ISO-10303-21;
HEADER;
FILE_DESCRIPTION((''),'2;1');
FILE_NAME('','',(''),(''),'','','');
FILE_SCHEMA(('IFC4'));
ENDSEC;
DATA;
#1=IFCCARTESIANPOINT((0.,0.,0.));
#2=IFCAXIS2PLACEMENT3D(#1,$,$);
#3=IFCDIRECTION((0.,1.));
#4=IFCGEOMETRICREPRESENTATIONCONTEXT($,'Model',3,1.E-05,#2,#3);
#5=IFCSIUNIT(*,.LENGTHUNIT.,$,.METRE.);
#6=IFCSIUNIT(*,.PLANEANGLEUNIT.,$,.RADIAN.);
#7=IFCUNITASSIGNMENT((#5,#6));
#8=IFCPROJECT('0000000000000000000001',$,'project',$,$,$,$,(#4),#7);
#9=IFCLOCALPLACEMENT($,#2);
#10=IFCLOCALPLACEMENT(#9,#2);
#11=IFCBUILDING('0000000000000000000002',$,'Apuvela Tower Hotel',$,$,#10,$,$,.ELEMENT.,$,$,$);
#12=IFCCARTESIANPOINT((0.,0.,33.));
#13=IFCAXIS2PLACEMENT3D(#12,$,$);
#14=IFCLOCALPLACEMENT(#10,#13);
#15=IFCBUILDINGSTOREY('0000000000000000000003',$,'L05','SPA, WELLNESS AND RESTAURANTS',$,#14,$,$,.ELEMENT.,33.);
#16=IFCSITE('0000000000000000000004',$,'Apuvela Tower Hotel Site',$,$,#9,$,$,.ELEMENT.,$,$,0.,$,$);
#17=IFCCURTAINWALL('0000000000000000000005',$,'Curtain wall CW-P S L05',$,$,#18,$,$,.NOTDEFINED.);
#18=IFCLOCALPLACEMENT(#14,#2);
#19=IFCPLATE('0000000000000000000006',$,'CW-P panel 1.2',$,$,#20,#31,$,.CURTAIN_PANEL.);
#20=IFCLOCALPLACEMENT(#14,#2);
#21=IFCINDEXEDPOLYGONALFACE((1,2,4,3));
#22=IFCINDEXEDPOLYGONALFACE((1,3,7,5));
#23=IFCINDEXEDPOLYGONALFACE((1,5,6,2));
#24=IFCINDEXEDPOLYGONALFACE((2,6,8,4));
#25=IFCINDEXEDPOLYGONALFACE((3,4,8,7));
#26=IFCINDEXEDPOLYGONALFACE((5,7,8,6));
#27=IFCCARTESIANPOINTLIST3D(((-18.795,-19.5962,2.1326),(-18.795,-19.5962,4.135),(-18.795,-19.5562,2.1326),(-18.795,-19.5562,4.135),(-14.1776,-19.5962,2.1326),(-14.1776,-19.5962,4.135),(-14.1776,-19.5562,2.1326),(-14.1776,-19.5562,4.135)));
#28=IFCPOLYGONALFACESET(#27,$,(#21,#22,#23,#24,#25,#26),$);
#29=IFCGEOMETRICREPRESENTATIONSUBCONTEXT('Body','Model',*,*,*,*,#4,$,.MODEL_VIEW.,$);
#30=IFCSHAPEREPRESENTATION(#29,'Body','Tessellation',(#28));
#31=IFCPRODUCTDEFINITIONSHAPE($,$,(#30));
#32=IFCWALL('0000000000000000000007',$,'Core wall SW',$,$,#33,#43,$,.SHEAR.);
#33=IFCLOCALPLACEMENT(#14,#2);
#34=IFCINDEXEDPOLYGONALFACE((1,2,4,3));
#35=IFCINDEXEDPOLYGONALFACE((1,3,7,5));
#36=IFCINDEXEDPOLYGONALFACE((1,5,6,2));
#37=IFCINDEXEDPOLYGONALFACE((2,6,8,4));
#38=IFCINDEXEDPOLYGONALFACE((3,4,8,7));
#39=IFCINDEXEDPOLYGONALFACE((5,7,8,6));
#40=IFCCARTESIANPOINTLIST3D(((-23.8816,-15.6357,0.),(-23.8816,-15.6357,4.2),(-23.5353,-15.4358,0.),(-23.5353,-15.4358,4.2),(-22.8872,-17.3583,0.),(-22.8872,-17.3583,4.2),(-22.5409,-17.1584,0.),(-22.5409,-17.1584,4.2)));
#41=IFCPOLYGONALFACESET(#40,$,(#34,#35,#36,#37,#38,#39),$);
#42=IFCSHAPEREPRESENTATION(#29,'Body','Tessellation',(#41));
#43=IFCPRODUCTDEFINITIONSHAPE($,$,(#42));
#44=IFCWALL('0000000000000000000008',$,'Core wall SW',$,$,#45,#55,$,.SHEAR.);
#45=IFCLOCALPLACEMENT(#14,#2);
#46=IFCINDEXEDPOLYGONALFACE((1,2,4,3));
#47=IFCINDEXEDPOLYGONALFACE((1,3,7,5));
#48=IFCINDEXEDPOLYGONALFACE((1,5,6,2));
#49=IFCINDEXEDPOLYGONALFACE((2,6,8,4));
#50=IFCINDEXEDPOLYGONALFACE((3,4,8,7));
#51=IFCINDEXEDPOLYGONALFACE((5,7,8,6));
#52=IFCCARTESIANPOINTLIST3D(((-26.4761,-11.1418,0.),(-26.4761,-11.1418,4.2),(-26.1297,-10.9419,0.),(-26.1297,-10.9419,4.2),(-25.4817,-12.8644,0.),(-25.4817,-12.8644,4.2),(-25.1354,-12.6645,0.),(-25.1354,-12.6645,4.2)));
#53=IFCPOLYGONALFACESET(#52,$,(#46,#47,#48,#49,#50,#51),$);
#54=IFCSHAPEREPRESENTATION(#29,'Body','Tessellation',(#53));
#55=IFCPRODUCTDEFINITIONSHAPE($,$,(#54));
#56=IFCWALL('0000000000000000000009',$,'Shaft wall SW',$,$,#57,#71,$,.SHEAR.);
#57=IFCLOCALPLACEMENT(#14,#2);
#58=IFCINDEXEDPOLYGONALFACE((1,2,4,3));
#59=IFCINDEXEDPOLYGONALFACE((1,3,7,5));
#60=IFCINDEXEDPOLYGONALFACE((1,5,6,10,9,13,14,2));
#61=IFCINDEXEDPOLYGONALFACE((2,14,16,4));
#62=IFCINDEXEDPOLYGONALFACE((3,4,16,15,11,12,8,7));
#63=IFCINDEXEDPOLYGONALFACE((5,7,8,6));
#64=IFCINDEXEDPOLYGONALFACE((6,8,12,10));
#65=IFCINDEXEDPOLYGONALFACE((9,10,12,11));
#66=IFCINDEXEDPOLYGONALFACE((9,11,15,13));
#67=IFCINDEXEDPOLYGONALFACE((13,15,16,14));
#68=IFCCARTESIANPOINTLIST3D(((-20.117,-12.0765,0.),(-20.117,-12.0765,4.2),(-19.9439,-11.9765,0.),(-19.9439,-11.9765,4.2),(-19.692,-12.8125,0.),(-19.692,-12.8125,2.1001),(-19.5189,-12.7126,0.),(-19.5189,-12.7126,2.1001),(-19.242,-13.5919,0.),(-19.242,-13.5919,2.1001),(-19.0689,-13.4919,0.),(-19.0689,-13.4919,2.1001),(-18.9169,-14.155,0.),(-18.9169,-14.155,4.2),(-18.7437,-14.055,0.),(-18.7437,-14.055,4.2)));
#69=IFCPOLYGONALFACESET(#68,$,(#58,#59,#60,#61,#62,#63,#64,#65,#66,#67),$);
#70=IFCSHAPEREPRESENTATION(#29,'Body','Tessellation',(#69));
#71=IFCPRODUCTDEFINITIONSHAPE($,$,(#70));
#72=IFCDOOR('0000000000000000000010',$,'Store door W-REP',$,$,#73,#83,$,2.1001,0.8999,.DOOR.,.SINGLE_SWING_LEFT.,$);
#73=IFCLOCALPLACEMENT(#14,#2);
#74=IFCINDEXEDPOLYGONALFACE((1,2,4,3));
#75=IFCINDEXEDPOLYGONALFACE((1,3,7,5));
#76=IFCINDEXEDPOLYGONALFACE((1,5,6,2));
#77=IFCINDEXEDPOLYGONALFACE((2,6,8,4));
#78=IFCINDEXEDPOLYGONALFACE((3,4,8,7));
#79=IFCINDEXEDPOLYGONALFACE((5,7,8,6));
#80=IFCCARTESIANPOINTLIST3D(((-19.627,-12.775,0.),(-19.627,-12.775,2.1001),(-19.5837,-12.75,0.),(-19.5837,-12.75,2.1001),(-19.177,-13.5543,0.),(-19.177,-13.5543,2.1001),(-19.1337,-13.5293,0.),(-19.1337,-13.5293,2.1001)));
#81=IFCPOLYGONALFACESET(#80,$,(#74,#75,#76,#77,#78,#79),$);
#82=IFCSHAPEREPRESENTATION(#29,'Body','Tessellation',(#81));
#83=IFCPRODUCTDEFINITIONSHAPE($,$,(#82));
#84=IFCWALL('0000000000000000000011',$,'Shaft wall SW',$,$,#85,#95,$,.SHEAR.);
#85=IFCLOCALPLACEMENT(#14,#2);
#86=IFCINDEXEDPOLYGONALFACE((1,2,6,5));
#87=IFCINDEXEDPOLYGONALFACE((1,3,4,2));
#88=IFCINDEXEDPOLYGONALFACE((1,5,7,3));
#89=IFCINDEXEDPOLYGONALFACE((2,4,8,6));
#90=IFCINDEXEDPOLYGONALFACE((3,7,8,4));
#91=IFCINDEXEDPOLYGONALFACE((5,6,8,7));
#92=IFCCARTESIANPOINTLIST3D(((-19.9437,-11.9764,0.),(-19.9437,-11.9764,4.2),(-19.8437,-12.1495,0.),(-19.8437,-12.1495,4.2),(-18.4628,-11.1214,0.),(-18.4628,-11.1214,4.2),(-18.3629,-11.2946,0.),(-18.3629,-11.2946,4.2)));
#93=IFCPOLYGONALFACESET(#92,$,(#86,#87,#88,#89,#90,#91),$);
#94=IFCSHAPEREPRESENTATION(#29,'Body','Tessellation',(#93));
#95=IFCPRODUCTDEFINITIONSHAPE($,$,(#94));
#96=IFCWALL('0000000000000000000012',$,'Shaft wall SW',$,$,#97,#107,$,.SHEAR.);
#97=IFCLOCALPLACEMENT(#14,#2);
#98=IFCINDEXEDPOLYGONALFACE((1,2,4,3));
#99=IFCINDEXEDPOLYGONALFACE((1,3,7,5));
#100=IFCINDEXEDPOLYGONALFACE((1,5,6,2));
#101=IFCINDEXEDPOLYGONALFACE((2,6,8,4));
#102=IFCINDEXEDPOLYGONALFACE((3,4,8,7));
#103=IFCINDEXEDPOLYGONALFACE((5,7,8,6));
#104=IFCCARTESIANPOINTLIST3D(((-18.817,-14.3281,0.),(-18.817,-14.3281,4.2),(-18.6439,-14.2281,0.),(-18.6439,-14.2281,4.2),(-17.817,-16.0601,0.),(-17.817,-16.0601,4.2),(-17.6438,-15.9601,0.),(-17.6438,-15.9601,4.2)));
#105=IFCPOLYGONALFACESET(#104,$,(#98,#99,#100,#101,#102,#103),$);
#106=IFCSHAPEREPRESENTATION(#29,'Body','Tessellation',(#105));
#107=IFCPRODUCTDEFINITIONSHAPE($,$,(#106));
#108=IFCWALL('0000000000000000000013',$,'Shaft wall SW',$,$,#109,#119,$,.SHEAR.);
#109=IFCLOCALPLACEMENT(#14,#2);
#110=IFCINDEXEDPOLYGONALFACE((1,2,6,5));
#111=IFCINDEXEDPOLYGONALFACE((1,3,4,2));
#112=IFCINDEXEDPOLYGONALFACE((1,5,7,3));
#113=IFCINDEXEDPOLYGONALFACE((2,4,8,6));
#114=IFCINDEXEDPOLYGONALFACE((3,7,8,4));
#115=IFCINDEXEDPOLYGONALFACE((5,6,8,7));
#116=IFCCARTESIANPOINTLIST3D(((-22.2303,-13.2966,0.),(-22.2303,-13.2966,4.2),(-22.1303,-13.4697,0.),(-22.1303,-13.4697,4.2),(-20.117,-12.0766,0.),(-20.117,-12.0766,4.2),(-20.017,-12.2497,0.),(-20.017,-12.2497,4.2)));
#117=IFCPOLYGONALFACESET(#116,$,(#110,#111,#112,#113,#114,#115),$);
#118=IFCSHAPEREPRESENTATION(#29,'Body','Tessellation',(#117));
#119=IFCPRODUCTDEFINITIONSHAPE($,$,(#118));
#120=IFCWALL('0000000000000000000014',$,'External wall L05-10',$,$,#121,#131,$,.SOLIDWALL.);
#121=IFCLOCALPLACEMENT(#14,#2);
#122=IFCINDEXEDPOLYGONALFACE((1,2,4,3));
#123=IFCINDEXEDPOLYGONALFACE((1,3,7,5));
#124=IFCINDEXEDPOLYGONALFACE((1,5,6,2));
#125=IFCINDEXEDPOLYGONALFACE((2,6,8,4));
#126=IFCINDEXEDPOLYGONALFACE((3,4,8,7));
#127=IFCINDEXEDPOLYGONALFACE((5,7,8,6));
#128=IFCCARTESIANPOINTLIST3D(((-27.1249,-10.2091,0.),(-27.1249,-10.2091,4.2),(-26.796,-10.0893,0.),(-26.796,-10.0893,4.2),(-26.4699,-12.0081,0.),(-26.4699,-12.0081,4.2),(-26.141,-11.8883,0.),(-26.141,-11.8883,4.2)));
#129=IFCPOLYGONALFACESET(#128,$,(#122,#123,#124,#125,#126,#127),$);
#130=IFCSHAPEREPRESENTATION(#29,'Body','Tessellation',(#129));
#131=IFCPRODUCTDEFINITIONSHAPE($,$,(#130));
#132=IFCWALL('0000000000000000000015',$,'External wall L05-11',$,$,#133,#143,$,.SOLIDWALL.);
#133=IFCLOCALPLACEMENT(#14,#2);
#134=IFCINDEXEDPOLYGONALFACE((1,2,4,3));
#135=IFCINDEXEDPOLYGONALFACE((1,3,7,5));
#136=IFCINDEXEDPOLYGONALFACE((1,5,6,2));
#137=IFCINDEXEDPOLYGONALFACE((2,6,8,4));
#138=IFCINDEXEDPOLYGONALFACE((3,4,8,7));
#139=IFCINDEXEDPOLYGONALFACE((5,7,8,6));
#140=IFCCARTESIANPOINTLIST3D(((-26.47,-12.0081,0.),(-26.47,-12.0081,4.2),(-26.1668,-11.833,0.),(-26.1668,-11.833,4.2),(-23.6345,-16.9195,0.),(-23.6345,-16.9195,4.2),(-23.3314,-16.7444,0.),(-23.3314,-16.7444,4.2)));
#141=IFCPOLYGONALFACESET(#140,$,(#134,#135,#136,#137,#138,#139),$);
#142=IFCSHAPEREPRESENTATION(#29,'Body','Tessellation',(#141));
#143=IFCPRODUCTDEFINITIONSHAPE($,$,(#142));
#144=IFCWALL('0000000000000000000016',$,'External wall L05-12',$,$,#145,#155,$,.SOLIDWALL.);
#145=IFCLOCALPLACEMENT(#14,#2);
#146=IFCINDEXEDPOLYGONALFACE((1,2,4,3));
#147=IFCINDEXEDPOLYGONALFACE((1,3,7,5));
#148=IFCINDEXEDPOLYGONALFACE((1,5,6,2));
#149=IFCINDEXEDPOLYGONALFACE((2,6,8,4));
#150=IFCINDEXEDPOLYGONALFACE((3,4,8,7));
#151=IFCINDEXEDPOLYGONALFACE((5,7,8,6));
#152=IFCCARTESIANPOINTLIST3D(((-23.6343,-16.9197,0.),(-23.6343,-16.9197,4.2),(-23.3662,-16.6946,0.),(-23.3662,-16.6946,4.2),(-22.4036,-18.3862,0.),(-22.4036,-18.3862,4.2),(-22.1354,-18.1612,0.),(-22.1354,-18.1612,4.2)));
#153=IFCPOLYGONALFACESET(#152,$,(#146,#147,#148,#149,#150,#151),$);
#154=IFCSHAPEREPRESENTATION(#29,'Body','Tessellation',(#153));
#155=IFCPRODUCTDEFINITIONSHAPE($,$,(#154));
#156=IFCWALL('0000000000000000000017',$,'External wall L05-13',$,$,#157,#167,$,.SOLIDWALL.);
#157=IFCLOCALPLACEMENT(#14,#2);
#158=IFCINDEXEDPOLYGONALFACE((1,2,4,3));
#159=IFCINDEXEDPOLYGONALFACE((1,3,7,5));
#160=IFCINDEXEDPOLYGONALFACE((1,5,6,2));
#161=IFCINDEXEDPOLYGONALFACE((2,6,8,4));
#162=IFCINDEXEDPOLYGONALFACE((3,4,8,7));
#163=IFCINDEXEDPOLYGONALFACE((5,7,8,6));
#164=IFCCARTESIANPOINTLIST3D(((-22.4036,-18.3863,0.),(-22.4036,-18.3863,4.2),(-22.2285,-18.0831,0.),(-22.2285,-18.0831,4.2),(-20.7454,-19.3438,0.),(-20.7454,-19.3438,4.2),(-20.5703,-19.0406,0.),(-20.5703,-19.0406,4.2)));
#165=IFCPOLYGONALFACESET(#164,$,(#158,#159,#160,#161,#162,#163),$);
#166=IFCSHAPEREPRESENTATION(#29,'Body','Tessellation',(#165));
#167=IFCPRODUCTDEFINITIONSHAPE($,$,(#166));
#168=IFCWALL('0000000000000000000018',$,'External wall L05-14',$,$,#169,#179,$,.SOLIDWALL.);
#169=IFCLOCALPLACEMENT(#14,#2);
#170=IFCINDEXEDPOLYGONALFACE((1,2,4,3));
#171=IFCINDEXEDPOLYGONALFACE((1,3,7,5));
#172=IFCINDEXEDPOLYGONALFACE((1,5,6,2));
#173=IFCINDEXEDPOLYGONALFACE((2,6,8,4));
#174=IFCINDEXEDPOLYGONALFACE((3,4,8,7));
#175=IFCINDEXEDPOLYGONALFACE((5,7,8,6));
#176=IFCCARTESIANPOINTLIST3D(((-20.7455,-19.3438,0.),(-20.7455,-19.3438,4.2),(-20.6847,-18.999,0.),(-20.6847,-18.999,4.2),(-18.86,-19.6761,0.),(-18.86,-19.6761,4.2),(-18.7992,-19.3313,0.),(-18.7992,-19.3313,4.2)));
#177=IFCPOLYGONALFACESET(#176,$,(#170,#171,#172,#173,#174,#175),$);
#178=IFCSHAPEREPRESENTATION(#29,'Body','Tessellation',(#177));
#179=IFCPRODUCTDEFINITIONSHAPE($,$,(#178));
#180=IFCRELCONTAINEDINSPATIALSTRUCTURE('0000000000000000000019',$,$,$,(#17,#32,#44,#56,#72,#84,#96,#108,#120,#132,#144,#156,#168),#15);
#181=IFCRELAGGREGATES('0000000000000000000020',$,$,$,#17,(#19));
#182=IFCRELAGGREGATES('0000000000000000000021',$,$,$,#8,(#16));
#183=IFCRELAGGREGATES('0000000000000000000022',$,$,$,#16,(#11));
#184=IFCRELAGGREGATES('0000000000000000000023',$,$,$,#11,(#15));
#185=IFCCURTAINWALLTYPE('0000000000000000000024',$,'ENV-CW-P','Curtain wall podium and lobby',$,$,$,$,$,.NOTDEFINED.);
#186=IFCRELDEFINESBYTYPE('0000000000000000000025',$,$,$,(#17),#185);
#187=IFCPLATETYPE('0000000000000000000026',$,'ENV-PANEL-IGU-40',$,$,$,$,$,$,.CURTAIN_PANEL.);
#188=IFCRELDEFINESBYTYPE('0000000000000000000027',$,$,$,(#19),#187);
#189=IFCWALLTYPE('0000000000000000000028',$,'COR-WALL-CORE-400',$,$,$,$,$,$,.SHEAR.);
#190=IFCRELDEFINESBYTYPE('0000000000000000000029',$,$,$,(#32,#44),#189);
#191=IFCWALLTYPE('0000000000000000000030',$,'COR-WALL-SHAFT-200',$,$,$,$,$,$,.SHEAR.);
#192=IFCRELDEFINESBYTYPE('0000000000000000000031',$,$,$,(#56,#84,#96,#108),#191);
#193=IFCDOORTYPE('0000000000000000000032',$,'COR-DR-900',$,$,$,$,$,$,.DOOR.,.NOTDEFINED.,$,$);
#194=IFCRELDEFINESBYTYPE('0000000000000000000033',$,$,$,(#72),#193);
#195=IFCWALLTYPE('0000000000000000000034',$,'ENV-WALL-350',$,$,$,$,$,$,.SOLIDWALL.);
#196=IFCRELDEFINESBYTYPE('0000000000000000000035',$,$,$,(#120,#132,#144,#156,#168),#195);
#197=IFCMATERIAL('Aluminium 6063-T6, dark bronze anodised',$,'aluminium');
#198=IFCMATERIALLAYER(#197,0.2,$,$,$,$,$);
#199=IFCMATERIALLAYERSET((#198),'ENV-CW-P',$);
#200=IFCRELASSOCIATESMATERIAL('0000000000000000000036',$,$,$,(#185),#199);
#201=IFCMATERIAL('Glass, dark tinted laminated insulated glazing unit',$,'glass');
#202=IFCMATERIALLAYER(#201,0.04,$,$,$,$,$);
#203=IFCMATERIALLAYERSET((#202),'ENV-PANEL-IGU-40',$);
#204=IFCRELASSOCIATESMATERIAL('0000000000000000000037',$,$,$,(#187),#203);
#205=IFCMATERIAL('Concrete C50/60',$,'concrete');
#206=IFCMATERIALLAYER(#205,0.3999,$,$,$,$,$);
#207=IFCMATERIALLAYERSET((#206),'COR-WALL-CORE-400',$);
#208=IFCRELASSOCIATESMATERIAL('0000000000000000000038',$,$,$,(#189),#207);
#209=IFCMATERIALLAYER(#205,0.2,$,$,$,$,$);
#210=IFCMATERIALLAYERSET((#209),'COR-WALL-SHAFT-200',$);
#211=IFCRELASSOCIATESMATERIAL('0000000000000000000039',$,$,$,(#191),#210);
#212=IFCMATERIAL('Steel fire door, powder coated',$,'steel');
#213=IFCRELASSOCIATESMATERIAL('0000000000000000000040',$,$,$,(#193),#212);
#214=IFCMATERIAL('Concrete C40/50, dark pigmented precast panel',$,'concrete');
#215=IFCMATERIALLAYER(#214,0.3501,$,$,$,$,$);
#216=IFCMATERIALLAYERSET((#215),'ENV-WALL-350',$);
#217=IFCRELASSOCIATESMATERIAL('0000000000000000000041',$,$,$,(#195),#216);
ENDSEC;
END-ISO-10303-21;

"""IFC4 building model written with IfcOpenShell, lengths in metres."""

from ifc_helpers import new_model, si_unit, direction, frame, frame_2d, origin, origin_2d, place, context, subcontext, project, spatial, rectangle, extrude, material, layer, layer_set, type_object, element, fill, aggregate, save


model = new_model("IFC4")

# Units and contexts
model_context = context("Model", 3, precision=1e-05, world=origin(), true_north=direction((0.0, 1.0)))
body_context = subcontext(model_context, "Body", "Model", "MODEL_VIEW")
ifc_project = project(units=[si_unit("LENGTHUNIT", "METRE"), si_unit("PLANEANGLEUNIT", "RADIAN")], contexts=[model_context])

# Site, building, storey
site_placement = place(None, origin())
site = spatial("IfcSite", under=ifc_project, at=site_placement, Name="Apuvela Tower Hotel Site", CompositionType="ELEMENT", RefElevation=0.0)
building_placement = place(site_placement, origin())
building = spatial("IfcBuilding", under=site, at=building_placement, Name="Apuvela Tower Hotel", CompositionType="ELEMENT")
storey_placement = place(building_placement, frame((0.0, 0.0, 33.0)))
storey = spatial("IfcBuildingStorey", under=building, at=storey_placement, Name="L05", Description="SPA, WELLNESS AND RESTAURANTS", CompositionType="ELEMENT", Elevation=33.0)

# Curtain wall
ifc_material_1 = material(Name="Aluminium 6063-T6, dark bronze anodised", Category="aluminium")
ifc_layer_1 = layer(ifc_material_1, 0.2)
ifc_layer_set_1 = layer_set([ifc_layer_1], Name="ENV-CW-P")
curtain_wall_type = type_object("IfcCurtainWallType", Name="ENV-CW-P", Description="Curtain wall podium and lobby", PredefinedType="NOTDEFINED", material=ifc_layer_set_1)
curtain_wall_placement = place(storey_placement, origin())
curtain_wall = element("IfcCurtainWall", 1, at=curtain_wall_placement, inside=storey, type_object=curtain_wall_type, Name="Curtain wall CW-P S L05", PredefinedType="NOTDEFINED")

# Plate
ifc_material_2 = material(Name="Glass, dark tinted laminated insulated glazing unit", Category="glass")
ifc_layer_2 = layer(ifc_material_2, 0.04)
ifc_layer_set_2 = layer_set([ifc_layer_2], Name="ENV-PANEL-IGU-40")
plate_type = type_object("IfcPlateType", Name="ENV-PANEL-IGU-40", PredefinedType="CURTAIN_PANEL", material=ifc_layer_set_2)
plate_1_placement = place(storey_placement, frame((-16.4863, -19.5762, 2.1326), z_axis=(0.0, 0.0, 1.0), x_axis=(1.0, 0.0, 0.0)))
plate_1 = element("IfcPlate", 2, at=plate_1_placement, type_object=plate_type, Name="CW-P panel 1.2", PredefinedType="CURTAIN_PANEL", context=body_context, shape_type="SweptSolid", body=[
    extrude(rectangle(XDim=4.6174, YDim=0.04, at=origin_2d()), origin(), (0.0, 0.0, 1.0), 2.0024),
])
aggregate(curtain_wall, [plate_1])

# Walls
ifc_material_3 = material(Name="Concrete C50/60", Category="concrete")
ifc_layer_3 = layer(ifc_material_3, 0.3999)
ifc_layer_set_3 = layer_set([ifc_layer_3], Name="COR-WALL-CORE-400")
wall_type_1 = type_object("IfcWallType", Name="COR-WALL-CORE-400", PredefinedType="SHEAR", material=ifc_layer_set_3)
for number, where, z_axis, x_axis, name in (
    (3, (-23.7085, -15.5356, 0.0), (0.0, 0.0, 1.0), (0.499928, -0.866067, 0.0), "Core wall SW"),
    (4, (-26.303, -11.0417, 0.0), (0.0, 0.0, 1.0), (0.499928, -0.866067, 0.0), "Core wall SW"),
):
    element("IfcWall", number, at=place(storey_placement, frame(where, z_axis=z_axis, x_axis=x_axis)), inside=storey, type_object=wall_type_1, Name=name, PredefinedType="SHEAR", context=body_context, shape_type="SweptSolid", body=[
        extrude(rectangle(XDim=1.989, YDim=0.3999, at=frame_2d((0.9946, 0.0))), origin(), (0.0, 0.0, 1.0), 4.2),
    ])

# Wall, opening, door
ifc_layer_4 = layer(ifc_material_3, 0.2)
ifc_layer_set_4 = layer_set([ifc_layer_4], Name="COR-WALL-SHAFT-200")
wall_type_2 = type_object("IfcWallType", Name="COR-WALL-SHAFT-200", PredefinedType="SHEAR", material=ifc_layer_set_4)
wall_1_placement = place(storey_placement, frame((-20.0305, -12.0264, 0.0), z_axis=(0.0, 0.0, 1.0), x_axis=(0.500034, -0.866006, 0.0)))
wall_1 = element("IfcWall", 5, at=wall_1_placement, inside=storey, type_object=wall_type_2, Name="Shaft wall SW", PredefinedType="SHEAR", context=body_context, shape_type="SweptSolid", body=[
    extrude(rectangle(XDim=2.4001, YDim=0.2, at=frame_2d((1.2002, 0.0))), origin(), (0.0, 0.0, 1.0), 4.2),
])
opening_placement = place(wall_1_placement, frame((0.8501, 0.0, 0.0)))
opening = element("IfcOpeningElement", 6, at=opening_placement, cuts=wall_1, PredefinedType="OPENING", context=body_context, shape_type="SweptSolid", body=[
    extrude(rectangle(XDim=0.8999, YDim=2.1001, at=frame_2d((0.45, 1.05))), frame((0.0, 0.1099, 0.0), z_axis=(0.0, -1.0, 0.0), x_axis=(1.0, 0.0, 0.0)), (0.0, 0.0, 1.0), 0.22),
])
ifc_material_4 = material(Name="Steel fire door, powder coated", Category="steel")
door_type = type_object("IfcDoorType", Name="COR-DR-900", OperationType="NOTDEFINED", PredefinedType="DOOR", material=ifc_material_4)
door_placement = place(opening_placement, frame((0.8999, 0.0, 0.0), z_axis=(0.0, 0.0, 1.0), x_axis=(-1.0, 0.0, 0.0)))
door = element("IfcDoor", 7, at=door_placement, inside=storey, type_object=door_type, Name="Store door W-REP", OperationType="SINGLE_SWING_LEFT", OverallHeight=2.1001, OverallWidth=0.8999, PredefinedType="DOOR", context=body_context, shape_type="SweptSolid", body=[
    extrude(rectangle(XDim=0.8999, YDim=2.1001, at=frame_2d((0.45, 1.05))), frame((0.0, 0.0249, 0.0), z_axis=(0.0, -1.0, 0.0), x_axis=(1.0, 0.0, 0.0)), (0.0, 0.0, 1.0), 0.05),
])
fill(opening, door)

# Walls
wall_2_placement = place(storey_placement, frame((-18.4128, -11.208, 0.0), z_axis=(0.0, 0.0, 1.0), x_axis=(-0.866038, -0.499978, 0.0)))
element("IfcWall", 8, at=wall_2_placement, inside=storey, type_object=wall_type_2, Name="Shaft wall SW", PredefinedType="SHEAR", context=body_context, shape_type="SweptSolid", body=[
    extrude(rectangle(XDim=1.71, YDim=0.2, at=frame_2d((0.855, 0.0))), origin(), (0.0, 0.0, 1.0), 4.2),
])
wall_3_placement = place(storey_placement, frame((-18.7305, -14.2781, 0.0), z_axis=(0.0, 0.0, 1.0), x_axis=(0.500025, -0.866011, 0.0)))
element("IfcWall", 9, at=wall_3_placement, inside=storey, type_object=wall_type_2, Name="Shaft wall SW", PredefinedType="SHEAR", context=body_context, shape_type="SweptSolid", body=[
    extrude(rectangle(XDim=2.0, YDim=0.2, at=frame_2d((1.0, 0.0))), origin(), (0.0, 0.0, 1.0), 4.2),
])
wall_4_placement = place(storey_placement, frame((-20.0669, -12.1631, 0.0), z_axis=(0.0, 0.0, 1.0), x_axis=(-0.866049, -0.499959, 0.0)))
element("IfcWall", 10, at=wall_4_placement, inside=storey, type_object=wall_type_2, Name="Shaft wall SW", PredefinedType="SHEAR", context=body_context, shape_type="SweptSolid", body=[
    extrude(rectangle(XDim=2.4402, YDim=0.2, at=frame_2d((1.2202, 0.0))), origin(), (0.0, 0.0, 1.0), 4.2),
])
ifc_material_5 = material(Name="Concrete C40/50, dark pigmented precast panel", Category="concrete")
ifc_layer_5 = layer(ifc_material_5, 0.3501)
ifc_layer_set_5 = layer_set([ifc_layer_5], Name="ENV-WALL-350")
wall_type_3 = type_object("IfcWallType", Name="ENV-WALL-350", PredefinedType="SOLIDWALL", material=ifc_layer_set_5)
wall_5_placement = place(storey_placement, frame((-26.9604, -10.1492, 0.0), z_axis=(0.0, 0.0, 1.0), x_axis=(0.342122, -0.939656, 0.0)))
element("IfcWall", 11, at=wall_5_placement, inside=storey, type_object=wall_type_3, Name="External wall L05-10", PredefinedType="SOLIDWALL", context=body_context, shape_type="SweptSolid", body=[
    extrude(rectangle(XDim=1.9146, YDim=0.3501, at=frame_2d((0.9573, 0.0))), origin(), (0.0, 0.0, 1.0), 4.2),
])
wall_6_placement = place(storey_placement, frame((-26.3184, -11.9207, 0.0), z_axis=(0.0, 0.0, 1.0), x_axis=(0.499982, -0.866036, 0.0)))
element("IfcWall", 12, at=wall_6_placement, inside=storey, type_object=wall_type_3, Name="External wall L05-11", PredefinedType="SOLIDWALL", context=body_context, shape_type="SweptSolid", body=[
    extrude(rectangle(XDim=5.6711, YDim=0.3501, at=frame_2d((2.8354, 0.0))), origin(), (0.0, 0.0, 1.0), 4.2),
])
wall_7_placement = place(storey_placement, frame((-23.5002, -16.8071, 0.0), z_axis=(0.0, 0.0, 1.0), x_axis=(0.642827, -0.766011, 0.0)))
element("IfcWall", 13, at=wall_7_placement, inside=storey, type_object=wall_type_3, Name="External wall L05-12", PredefinedType="SOLIDWALL", context=body_context, shape_type="SweptSolid", body=[
    extrude(rectangle(XDim=1.9146, YDim=0.3501, at=frame_2d((0.9573, 0.0))), origin(), (0.0, 0.0, 1.0), 4.2),
])
wall_8_placement = place(storey_placement, frame((-22.3162, -18.2346, 0.0), z_axis=(0.0, 0.0, 1.0), x_axis=(0.86599, -0.500061, 0.0)))
element("IfcWall", 14, at=wall_8_placement, inside=storey, type_object=wall_type_3, Name="External wall L05-13", PredefinedType="SOLIDWALL", context=body_context, shape_type="SweptSolid", body=[
    extrude(rectangle(XDim=1.9148, YDim=0.3501, at=frame_2d((0.9575, 0.0))), origin(), (0.0, 0.0, 1.0), 4.2),
])
wall_9_placement = place(storey_placement, frame((-20.7151, -19.1714, 0.0), z_axis=(0.0, 0.0, 1.0), x_axis=(0.984825, -0.173553, 0.0)))
element("IfcWall", 15, at=wall_9_placement, inside=storey, type_object=wall_type_3, Name="External wall L05-14", PredefinedType="SOLIDWALL", context=body_context, shape_type="SweptSolid", body=[
    extrude(rectangle(XDim=1.9146, YDim=0.3501, at=frame_2d((0.9573, 0.0))), origin(), (0.0, 0.0, 1.0), 4.2),
])

save(model, "model.ifc")
